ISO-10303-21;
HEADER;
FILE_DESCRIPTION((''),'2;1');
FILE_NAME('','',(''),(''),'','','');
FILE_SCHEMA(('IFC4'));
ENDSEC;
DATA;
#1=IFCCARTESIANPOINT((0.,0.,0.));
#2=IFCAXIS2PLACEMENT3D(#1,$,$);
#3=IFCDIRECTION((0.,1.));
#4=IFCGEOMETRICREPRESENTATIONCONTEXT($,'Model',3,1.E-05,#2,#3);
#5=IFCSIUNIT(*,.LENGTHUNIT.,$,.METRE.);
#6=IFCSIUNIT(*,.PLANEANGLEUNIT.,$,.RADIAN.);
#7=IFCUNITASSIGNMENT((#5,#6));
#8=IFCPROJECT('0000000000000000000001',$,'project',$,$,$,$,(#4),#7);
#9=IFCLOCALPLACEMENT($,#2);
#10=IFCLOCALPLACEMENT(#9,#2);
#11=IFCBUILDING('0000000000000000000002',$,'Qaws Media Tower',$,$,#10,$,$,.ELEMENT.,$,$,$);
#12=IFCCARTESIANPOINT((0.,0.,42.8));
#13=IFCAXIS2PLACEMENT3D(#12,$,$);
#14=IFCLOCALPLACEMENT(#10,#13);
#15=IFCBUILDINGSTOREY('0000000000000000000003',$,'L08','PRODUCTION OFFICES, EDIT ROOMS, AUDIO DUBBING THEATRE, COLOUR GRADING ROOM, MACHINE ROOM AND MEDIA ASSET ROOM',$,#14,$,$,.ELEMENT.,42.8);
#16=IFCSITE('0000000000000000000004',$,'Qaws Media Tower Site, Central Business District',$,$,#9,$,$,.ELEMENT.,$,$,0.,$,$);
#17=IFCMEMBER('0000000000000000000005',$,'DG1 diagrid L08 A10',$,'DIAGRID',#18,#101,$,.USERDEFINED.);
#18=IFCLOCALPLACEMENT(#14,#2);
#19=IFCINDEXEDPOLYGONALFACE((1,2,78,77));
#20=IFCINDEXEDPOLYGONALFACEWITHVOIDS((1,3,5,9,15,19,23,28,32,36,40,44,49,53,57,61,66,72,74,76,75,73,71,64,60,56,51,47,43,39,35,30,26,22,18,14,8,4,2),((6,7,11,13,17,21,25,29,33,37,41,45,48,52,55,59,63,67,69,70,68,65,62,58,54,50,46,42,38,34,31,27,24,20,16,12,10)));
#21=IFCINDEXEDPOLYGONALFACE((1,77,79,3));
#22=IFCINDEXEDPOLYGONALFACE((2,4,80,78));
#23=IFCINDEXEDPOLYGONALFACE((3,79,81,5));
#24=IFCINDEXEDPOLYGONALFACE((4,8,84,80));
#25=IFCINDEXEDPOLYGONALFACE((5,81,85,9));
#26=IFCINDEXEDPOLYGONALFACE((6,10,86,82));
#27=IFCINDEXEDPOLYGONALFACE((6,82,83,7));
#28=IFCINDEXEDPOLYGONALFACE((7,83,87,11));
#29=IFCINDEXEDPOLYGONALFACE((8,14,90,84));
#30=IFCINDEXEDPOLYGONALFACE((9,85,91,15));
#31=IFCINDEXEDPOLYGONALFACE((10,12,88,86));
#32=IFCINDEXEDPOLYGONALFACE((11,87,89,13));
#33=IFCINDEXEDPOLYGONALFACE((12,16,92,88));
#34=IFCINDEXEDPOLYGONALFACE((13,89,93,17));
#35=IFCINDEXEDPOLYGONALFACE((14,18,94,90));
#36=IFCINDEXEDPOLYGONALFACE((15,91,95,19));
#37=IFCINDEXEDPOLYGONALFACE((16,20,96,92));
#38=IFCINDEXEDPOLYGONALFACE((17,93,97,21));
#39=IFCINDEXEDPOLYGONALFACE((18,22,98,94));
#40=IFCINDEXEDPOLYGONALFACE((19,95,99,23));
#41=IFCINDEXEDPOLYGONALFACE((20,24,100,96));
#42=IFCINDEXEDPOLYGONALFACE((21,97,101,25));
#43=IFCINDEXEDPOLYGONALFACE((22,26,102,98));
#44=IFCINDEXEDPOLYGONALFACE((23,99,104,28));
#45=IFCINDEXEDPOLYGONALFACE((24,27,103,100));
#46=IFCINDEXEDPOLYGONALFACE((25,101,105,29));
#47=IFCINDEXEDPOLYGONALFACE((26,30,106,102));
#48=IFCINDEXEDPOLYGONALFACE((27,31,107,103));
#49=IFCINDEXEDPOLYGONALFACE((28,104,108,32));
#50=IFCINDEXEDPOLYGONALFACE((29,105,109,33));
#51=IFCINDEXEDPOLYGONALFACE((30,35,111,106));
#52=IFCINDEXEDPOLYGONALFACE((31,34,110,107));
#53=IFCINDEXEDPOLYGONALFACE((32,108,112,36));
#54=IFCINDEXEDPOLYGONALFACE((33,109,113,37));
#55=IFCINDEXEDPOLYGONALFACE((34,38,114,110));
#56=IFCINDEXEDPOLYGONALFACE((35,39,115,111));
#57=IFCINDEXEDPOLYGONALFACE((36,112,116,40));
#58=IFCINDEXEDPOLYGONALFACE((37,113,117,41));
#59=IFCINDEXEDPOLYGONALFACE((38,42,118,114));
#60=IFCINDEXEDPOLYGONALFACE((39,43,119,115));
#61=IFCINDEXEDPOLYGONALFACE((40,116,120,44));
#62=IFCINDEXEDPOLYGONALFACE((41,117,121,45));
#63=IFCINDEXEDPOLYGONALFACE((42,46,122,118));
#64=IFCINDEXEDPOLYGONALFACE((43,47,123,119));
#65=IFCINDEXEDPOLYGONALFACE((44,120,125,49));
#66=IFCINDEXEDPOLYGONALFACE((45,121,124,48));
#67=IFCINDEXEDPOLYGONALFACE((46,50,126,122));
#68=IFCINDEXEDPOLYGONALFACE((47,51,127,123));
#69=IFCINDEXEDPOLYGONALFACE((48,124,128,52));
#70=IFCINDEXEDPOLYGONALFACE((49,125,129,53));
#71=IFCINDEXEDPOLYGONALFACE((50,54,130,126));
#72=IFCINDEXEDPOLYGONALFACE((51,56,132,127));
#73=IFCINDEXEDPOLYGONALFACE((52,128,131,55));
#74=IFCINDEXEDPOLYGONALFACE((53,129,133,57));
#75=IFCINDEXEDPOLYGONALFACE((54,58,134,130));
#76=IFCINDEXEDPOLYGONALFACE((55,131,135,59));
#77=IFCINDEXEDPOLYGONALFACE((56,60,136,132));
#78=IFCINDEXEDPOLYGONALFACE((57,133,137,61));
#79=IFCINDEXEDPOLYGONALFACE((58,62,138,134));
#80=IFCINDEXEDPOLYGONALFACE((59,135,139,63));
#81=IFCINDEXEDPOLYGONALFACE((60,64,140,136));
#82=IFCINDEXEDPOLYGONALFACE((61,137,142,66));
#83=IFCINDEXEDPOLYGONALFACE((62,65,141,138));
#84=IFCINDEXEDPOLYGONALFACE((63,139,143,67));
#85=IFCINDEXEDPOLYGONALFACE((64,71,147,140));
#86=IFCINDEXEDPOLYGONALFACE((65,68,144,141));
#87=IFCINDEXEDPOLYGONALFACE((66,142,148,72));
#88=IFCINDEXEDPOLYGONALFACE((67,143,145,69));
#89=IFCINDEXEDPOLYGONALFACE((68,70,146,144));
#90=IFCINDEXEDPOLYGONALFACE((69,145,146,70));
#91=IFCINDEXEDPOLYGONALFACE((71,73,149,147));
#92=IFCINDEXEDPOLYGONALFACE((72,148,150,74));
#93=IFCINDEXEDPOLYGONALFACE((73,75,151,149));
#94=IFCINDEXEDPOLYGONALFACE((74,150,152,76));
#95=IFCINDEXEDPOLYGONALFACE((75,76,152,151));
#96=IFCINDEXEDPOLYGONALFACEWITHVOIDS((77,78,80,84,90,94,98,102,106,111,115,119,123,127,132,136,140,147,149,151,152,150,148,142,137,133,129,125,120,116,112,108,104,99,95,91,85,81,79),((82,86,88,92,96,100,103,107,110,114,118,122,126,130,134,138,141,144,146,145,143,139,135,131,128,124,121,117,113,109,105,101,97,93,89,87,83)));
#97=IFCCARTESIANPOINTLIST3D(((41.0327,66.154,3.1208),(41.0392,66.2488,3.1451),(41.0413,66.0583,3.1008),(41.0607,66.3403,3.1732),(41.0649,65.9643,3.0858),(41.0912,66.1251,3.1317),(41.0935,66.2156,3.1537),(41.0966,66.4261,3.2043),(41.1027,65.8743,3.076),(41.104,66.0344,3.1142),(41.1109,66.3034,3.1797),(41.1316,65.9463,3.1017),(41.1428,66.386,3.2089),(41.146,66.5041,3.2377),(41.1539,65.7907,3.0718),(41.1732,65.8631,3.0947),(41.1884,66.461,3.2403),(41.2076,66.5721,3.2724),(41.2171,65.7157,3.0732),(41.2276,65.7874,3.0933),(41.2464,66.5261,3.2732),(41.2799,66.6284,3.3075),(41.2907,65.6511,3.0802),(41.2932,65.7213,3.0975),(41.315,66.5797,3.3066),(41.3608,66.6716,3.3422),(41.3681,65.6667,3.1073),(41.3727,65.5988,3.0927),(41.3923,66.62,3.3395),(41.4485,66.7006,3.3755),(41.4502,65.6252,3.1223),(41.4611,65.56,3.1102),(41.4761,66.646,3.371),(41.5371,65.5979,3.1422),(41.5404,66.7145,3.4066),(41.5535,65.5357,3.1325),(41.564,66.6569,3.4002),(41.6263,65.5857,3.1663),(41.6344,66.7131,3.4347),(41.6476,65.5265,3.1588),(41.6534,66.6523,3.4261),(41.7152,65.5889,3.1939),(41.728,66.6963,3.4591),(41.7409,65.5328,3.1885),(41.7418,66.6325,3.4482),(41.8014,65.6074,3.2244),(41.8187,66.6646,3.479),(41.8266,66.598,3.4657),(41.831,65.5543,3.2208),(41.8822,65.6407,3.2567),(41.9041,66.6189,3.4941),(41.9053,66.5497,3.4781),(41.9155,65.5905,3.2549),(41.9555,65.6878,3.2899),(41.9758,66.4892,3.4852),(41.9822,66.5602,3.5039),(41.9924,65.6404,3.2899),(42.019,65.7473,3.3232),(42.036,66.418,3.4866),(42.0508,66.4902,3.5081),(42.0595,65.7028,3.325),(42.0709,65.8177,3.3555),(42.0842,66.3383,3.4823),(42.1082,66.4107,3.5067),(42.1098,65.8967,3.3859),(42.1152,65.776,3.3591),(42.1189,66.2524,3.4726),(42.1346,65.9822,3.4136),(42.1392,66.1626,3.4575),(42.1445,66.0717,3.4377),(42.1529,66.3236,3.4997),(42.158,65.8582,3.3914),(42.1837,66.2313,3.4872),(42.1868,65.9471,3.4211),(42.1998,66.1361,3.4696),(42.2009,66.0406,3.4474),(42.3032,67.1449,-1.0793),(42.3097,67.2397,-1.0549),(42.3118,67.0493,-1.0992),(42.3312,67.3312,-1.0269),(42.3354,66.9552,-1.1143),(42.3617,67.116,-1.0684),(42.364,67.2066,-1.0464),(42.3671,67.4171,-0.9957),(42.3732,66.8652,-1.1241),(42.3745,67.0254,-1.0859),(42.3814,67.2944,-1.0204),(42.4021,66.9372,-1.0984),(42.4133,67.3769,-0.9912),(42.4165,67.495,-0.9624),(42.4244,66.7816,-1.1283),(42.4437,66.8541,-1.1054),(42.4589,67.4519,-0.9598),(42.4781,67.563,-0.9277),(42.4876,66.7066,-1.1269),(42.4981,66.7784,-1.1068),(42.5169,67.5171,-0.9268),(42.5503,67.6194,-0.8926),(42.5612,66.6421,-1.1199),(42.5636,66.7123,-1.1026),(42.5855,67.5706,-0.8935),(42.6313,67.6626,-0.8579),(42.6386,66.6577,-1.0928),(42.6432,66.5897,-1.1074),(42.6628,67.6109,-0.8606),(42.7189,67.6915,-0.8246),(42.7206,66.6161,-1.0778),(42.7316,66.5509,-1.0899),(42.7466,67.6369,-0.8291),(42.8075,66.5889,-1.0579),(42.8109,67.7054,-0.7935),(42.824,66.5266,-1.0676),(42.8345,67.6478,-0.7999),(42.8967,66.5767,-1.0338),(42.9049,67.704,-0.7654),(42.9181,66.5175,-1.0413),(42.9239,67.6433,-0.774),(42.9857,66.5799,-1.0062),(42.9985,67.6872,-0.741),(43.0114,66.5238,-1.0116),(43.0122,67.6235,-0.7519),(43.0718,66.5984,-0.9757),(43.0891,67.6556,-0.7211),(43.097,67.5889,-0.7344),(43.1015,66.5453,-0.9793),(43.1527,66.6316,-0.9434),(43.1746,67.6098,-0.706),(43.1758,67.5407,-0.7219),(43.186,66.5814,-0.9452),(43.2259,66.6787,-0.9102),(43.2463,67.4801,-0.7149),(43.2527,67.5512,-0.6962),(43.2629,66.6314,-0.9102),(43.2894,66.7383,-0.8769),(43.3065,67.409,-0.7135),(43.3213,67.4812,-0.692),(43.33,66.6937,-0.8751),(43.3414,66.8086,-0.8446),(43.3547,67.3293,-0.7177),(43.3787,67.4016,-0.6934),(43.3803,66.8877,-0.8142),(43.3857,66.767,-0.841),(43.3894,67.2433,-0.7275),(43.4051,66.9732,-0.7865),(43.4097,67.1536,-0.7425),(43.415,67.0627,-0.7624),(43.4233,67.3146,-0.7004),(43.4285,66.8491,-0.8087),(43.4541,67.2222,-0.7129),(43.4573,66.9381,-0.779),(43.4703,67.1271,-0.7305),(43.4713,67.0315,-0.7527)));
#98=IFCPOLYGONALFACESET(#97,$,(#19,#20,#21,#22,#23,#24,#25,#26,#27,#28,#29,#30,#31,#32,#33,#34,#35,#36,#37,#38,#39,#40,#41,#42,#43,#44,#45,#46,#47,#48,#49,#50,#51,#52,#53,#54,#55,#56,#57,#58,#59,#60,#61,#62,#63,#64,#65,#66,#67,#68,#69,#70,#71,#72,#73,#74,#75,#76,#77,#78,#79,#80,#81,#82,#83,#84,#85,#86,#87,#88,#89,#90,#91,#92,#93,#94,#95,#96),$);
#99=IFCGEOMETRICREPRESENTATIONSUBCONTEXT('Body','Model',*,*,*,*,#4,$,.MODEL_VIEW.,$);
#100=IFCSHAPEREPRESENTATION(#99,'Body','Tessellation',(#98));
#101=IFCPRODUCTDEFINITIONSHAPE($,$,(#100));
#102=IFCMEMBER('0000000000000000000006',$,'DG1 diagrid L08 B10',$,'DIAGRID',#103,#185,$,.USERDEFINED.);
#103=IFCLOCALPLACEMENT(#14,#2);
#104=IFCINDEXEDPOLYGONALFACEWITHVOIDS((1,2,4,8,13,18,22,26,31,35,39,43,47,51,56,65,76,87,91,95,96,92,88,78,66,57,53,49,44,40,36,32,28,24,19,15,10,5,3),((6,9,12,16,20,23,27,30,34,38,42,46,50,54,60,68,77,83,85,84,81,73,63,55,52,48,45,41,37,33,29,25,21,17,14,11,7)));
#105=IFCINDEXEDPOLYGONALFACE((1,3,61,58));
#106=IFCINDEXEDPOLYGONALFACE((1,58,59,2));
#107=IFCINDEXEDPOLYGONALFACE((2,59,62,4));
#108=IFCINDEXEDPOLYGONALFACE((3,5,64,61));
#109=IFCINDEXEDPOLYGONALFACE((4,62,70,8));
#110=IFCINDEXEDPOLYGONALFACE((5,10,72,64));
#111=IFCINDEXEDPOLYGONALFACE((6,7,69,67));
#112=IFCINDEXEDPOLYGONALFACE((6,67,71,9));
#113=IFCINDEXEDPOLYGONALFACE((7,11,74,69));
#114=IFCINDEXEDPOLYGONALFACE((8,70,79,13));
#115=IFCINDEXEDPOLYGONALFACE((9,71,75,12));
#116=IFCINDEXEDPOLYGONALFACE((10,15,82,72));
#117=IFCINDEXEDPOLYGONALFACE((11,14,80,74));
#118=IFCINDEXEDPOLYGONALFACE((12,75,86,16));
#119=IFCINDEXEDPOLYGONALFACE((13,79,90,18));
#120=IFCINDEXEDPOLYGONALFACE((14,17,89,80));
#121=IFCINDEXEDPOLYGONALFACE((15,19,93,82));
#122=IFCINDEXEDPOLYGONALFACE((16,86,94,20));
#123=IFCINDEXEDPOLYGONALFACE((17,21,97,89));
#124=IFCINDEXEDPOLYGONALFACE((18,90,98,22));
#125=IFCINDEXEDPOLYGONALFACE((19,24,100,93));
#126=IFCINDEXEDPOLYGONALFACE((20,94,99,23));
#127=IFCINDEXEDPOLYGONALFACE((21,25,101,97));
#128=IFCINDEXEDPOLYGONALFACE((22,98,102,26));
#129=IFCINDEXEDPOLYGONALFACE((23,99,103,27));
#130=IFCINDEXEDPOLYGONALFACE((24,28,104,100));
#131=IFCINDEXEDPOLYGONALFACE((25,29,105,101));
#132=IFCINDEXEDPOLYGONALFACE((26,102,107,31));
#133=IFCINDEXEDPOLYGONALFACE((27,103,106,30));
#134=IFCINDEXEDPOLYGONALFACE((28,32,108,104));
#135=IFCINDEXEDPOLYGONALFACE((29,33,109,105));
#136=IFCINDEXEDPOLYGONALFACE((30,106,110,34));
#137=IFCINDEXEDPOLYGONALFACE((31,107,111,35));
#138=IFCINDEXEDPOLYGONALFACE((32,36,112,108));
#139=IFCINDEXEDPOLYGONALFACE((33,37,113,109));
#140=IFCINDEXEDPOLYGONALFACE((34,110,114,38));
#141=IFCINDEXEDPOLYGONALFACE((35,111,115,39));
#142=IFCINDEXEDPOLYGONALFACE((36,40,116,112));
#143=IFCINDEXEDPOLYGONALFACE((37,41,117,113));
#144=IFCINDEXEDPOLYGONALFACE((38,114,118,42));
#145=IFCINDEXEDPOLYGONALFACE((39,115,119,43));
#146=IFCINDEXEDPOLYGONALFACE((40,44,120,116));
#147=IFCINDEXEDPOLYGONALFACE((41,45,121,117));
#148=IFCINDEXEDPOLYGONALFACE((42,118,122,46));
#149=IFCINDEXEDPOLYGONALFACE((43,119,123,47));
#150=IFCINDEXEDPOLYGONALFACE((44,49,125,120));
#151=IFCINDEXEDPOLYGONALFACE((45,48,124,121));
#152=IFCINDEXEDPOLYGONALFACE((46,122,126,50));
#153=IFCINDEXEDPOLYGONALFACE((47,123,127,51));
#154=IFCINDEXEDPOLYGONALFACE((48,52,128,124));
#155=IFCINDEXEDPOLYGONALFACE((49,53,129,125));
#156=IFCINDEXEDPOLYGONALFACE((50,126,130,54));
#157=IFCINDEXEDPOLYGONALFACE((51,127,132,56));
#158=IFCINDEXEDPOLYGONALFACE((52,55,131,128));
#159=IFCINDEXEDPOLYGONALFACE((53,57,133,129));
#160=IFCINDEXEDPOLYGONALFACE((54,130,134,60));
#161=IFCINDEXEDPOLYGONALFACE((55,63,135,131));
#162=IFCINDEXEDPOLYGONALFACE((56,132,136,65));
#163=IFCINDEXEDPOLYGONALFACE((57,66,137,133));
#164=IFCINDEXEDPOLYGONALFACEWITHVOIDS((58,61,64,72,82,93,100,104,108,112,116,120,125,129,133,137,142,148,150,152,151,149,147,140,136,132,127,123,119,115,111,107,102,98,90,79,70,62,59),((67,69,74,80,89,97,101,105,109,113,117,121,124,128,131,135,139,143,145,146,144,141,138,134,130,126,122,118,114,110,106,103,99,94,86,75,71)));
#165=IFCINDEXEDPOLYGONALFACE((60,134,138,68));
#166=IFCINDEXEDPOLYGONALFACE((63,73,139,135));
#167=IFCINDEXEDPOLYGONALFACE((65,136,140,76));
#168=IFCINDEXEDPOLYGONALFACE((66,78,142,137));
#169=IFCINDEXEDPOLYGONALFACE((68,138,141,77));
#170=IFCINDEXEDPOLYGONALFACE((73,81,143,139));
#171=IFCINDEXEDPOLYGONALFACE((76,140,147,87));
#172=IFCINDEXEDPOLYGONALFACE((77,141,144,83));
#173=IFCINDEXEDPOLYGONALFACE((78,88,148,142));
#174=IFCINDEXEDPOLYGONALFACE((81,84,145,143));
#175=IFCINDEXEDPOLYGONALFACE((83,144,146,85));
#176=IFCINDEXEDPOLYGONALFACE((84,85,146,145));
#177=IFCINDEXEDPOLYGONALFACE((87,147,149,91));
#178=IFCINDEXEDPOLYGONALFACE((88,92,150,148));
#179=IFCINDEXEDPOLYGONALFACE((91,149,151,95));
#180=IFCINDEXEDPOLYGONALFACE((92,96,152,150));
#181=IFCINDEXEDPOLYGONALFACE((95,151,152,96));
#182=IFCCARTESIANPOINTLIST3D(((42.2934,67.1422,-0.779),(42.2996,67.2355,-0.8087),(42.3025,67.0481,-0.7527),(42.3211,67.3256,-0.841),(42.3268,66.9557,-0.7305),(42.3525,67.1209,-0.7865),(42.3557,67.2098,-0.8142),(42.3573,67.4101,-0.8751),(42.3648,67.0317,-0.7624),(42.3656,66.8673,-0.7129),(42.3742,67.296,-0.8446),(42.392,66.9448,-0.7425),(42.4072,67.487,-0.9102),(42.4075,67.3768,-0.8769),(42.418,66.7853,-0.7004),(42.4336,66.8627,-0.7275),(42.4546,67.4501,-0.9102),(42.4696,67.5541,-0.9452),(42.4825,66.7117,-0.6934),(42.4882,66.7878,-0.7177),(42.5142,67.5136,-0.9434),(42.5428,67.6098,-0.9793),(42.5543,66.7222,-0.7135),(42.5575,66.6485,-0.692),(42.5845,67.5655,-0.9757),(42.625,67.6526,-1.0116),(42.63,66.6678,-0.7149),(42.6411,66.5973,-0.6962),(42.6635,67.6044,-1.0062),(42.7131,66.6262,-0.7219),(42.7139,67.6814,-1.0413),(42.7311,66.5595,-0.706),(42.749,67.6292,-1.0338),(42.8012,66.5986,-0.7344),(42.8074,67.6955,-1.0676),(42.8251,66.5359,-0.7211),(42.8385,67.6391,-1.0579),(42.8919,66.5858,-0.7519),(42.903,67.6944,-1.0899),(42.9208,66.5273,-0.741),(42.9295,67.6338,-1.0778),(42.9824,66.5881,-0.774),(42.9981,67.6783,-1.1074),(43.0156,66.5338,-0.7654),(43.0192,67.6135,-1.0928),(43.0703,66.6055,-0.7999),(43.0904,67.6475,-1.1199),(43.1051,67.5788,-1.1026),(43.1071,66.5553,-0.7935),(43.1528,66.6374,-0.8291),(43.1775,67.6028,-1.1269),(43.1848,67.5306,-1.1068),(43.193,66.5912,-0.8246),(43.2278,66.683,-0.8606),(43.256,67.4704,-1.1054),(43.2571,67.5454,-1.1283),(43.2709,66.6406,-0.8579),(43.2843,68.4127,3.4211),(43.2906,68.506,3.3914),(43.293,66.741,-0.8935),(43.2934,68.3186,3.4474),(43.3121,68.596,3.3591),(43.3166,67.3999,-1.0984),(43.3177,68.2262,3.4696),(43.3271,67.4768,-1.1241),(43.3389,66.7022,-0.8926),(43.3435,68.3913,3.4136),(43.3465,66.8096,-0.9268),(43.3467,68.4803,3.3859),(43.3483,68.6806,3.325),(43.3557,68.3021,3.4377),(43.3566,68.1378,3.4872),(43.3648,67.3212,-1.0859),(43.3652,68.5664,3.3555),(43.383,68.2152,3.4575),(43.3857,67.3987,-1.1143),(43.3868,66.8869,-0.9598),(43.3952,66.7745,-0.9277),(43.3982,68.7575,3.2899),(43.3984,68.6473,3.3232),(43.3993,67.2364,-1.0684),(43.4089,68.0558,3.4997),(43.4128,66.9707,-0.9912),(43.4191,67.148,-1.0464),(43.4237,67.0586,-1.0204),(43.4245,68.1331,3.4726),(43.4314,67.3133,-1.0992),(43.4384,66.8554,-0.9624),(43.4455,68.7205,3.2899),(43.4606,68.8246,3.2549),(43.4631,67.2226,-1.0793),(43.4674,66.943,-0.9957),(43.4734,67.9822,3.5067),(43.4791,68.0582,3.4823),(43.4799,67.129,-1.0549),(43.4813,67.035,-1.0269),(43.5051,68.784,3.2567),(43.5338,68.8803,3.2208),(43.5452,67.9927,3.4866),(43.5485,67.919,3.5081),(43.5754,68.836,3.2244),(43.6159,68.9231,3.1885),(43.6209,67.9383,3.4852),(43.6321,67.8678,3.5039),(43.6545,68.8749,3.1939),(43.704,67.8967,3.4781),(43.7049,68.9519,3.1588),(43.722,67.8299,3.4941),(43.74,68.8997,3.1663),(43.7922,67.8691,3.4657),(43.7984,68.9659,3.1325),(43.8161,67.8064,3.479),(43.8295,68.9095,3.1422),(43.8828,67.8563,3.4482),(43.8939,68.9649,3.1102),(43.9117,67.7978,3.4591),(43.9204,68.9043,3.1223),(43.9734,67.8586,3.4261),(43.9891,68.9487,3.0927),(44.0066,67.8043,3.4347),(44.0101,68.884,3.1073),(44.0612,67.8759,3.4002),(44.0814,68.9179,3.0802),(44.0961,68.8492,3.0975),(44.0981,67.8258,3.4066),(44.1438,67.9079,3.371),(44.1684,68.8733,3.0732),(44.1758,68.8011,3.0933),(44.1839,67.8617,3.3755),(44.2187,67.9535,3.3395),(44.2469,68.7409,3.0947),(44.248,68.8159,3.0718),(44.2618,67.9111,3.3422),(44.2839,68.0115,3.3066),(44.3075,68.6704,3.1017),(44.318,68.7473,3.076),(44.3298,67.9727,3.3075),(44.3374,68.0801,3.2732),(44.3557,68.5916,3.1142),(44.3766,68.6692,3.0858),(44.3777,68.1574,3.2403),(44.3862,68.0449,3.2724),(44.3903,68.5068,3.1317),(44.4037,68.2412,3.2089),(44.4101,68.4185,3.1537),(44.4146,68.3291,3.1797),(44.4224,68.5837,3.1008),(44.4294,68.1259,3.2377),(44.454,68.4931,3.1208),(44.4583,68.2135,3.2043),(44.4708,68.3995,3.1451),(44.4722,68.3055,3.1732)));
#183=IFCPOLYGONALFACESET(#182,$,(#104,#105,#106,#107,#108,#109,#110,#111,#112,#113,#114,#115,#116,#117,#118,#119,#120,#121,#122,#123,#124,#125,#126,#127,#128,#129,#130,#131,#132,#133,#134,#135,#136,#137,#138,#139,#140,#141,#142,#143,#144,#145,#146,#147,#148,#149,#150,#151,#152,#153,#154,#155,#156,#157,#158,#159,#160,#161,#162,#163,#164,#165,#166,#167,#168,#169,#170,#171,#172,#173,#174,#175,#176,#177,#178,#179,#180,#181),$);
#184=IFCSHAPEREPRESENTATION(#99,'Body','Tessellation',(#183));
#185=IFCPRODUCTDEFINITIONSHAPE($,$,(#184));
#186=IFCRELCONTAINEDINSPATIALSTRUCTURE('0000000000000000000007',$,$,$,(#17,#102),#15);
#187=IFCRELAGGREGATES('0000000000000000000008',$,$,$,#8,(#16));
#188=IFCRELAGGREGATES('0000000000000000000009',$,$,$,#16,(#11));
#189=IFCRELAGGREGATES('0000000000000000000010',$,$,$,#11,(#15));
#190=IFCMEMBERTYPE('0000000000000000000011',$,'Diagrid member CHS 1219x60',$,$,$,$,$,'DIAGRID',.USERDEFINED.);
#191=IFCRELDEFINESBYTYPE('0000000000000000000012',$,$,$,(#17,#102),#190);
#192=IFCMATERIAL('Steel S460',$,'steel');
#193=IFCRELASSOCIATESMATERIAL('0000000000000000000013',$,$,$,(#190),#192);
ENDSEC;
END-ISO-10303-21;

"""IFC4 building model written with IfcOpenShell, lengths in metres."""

from ifc_helpers import new_model, si_unit, direction, frame, origin, origin_2d, place, context, subcontext, project, spatial, hollow_circle, extrude, material, material_profile, profile_set, type_object, element, save


model = new_model("IFC4")

# Units and contexts
model_context = context("Model", 3, precision=1e-05, world=origin(), true_north=direction((0.0, 1.0)))
body_context = subcontext(model_context, "Body", "Model", "MODEL_VIEW")
ifc_project = project(units=[si_unit("LENGTHUNIT", "METRE"), si_unit("PLANEANGLEUNIT", "RADIAN")], contexts=[model_context])

# Site, building, storey
site_placement = place(None, origin())
site = spatial("IfcSite", under=ifc_project, at=site_placement, Name="Qaws Media Tower Site, Central Business District", CompositionType="ELEMENT", RefElevation=0.0)
building_placement = place(site_placement, origin())
building = spatial("IfcBuilding", under=site, at=building_placement, Name="Qaws Media Tower", CompositionType="ELEMENT")
storey_placement = place(building_placement, frame((0.0, 0.0, 42.8)))
storey = spatial("IfcBuildingStorey", under=building, at=storey_placement, Name="L08", Description="PRODUCTION OFFICES, EDIT ROOMS, AUDIO DUBBING THEATRE, COLOUR GRADING ROOM, MACHINE ROOM AND MEDIA ASSET ROOM", CompositionType="ELEMENT", Elevation=42.8)

# Members
ifc_material_1 = material(Name="Steel S460", Category="steel")
ifc_material_profile_1 = material_profile(ifc_material_1, hollow_circle(Radius=0.6096, WallThickness=0.0601, at=origin_2d()), Name="CHS 1219x60")
ifc_profile_set_1 = profile_set([ifc_material_profile_1], Name="Steel S460")
member_type_1 = type_object("IfcMemberType", Name="Diagrid member CHS 1219x60", ElementType="DIAGRID", PredefinedType="USERDEFINED", material=ifc_profile_set_1)
for number, where, z_axis, x_axis, name in (
    (1, (42.8879, 67.1121, -0.9102), (-0.28242, -0.220281, 0.933657), (0.61502, -0.788511, 0.0), "DG1 diagrid L08 A10"),
    (2, (42.8879, 67.1121, -0.9102), (0.220281, 0.28242, 0.933657), (-0.788511, 0.61502, 0.0), "DG1 diagrid L08 B10"),
):
    element("IfcMember", number, at=place(storey_placement, frame(where, z_axis=z_axis, x_axis=x_axis)), inside=storey, type_object=member_type_1, Name=name, ObjectType="DIAGRID", PredefinedType="USERDEFINED", context=body_context, shape_type="SweptSolid", body=[
        extrude(hollow_circle(Radius=0.6096, WallThickness=0.0601, at=origin_2d()), origin(), (0.0, 0.0, 1.0), 4.4985),
    ])

save(model, "model.ifc")
